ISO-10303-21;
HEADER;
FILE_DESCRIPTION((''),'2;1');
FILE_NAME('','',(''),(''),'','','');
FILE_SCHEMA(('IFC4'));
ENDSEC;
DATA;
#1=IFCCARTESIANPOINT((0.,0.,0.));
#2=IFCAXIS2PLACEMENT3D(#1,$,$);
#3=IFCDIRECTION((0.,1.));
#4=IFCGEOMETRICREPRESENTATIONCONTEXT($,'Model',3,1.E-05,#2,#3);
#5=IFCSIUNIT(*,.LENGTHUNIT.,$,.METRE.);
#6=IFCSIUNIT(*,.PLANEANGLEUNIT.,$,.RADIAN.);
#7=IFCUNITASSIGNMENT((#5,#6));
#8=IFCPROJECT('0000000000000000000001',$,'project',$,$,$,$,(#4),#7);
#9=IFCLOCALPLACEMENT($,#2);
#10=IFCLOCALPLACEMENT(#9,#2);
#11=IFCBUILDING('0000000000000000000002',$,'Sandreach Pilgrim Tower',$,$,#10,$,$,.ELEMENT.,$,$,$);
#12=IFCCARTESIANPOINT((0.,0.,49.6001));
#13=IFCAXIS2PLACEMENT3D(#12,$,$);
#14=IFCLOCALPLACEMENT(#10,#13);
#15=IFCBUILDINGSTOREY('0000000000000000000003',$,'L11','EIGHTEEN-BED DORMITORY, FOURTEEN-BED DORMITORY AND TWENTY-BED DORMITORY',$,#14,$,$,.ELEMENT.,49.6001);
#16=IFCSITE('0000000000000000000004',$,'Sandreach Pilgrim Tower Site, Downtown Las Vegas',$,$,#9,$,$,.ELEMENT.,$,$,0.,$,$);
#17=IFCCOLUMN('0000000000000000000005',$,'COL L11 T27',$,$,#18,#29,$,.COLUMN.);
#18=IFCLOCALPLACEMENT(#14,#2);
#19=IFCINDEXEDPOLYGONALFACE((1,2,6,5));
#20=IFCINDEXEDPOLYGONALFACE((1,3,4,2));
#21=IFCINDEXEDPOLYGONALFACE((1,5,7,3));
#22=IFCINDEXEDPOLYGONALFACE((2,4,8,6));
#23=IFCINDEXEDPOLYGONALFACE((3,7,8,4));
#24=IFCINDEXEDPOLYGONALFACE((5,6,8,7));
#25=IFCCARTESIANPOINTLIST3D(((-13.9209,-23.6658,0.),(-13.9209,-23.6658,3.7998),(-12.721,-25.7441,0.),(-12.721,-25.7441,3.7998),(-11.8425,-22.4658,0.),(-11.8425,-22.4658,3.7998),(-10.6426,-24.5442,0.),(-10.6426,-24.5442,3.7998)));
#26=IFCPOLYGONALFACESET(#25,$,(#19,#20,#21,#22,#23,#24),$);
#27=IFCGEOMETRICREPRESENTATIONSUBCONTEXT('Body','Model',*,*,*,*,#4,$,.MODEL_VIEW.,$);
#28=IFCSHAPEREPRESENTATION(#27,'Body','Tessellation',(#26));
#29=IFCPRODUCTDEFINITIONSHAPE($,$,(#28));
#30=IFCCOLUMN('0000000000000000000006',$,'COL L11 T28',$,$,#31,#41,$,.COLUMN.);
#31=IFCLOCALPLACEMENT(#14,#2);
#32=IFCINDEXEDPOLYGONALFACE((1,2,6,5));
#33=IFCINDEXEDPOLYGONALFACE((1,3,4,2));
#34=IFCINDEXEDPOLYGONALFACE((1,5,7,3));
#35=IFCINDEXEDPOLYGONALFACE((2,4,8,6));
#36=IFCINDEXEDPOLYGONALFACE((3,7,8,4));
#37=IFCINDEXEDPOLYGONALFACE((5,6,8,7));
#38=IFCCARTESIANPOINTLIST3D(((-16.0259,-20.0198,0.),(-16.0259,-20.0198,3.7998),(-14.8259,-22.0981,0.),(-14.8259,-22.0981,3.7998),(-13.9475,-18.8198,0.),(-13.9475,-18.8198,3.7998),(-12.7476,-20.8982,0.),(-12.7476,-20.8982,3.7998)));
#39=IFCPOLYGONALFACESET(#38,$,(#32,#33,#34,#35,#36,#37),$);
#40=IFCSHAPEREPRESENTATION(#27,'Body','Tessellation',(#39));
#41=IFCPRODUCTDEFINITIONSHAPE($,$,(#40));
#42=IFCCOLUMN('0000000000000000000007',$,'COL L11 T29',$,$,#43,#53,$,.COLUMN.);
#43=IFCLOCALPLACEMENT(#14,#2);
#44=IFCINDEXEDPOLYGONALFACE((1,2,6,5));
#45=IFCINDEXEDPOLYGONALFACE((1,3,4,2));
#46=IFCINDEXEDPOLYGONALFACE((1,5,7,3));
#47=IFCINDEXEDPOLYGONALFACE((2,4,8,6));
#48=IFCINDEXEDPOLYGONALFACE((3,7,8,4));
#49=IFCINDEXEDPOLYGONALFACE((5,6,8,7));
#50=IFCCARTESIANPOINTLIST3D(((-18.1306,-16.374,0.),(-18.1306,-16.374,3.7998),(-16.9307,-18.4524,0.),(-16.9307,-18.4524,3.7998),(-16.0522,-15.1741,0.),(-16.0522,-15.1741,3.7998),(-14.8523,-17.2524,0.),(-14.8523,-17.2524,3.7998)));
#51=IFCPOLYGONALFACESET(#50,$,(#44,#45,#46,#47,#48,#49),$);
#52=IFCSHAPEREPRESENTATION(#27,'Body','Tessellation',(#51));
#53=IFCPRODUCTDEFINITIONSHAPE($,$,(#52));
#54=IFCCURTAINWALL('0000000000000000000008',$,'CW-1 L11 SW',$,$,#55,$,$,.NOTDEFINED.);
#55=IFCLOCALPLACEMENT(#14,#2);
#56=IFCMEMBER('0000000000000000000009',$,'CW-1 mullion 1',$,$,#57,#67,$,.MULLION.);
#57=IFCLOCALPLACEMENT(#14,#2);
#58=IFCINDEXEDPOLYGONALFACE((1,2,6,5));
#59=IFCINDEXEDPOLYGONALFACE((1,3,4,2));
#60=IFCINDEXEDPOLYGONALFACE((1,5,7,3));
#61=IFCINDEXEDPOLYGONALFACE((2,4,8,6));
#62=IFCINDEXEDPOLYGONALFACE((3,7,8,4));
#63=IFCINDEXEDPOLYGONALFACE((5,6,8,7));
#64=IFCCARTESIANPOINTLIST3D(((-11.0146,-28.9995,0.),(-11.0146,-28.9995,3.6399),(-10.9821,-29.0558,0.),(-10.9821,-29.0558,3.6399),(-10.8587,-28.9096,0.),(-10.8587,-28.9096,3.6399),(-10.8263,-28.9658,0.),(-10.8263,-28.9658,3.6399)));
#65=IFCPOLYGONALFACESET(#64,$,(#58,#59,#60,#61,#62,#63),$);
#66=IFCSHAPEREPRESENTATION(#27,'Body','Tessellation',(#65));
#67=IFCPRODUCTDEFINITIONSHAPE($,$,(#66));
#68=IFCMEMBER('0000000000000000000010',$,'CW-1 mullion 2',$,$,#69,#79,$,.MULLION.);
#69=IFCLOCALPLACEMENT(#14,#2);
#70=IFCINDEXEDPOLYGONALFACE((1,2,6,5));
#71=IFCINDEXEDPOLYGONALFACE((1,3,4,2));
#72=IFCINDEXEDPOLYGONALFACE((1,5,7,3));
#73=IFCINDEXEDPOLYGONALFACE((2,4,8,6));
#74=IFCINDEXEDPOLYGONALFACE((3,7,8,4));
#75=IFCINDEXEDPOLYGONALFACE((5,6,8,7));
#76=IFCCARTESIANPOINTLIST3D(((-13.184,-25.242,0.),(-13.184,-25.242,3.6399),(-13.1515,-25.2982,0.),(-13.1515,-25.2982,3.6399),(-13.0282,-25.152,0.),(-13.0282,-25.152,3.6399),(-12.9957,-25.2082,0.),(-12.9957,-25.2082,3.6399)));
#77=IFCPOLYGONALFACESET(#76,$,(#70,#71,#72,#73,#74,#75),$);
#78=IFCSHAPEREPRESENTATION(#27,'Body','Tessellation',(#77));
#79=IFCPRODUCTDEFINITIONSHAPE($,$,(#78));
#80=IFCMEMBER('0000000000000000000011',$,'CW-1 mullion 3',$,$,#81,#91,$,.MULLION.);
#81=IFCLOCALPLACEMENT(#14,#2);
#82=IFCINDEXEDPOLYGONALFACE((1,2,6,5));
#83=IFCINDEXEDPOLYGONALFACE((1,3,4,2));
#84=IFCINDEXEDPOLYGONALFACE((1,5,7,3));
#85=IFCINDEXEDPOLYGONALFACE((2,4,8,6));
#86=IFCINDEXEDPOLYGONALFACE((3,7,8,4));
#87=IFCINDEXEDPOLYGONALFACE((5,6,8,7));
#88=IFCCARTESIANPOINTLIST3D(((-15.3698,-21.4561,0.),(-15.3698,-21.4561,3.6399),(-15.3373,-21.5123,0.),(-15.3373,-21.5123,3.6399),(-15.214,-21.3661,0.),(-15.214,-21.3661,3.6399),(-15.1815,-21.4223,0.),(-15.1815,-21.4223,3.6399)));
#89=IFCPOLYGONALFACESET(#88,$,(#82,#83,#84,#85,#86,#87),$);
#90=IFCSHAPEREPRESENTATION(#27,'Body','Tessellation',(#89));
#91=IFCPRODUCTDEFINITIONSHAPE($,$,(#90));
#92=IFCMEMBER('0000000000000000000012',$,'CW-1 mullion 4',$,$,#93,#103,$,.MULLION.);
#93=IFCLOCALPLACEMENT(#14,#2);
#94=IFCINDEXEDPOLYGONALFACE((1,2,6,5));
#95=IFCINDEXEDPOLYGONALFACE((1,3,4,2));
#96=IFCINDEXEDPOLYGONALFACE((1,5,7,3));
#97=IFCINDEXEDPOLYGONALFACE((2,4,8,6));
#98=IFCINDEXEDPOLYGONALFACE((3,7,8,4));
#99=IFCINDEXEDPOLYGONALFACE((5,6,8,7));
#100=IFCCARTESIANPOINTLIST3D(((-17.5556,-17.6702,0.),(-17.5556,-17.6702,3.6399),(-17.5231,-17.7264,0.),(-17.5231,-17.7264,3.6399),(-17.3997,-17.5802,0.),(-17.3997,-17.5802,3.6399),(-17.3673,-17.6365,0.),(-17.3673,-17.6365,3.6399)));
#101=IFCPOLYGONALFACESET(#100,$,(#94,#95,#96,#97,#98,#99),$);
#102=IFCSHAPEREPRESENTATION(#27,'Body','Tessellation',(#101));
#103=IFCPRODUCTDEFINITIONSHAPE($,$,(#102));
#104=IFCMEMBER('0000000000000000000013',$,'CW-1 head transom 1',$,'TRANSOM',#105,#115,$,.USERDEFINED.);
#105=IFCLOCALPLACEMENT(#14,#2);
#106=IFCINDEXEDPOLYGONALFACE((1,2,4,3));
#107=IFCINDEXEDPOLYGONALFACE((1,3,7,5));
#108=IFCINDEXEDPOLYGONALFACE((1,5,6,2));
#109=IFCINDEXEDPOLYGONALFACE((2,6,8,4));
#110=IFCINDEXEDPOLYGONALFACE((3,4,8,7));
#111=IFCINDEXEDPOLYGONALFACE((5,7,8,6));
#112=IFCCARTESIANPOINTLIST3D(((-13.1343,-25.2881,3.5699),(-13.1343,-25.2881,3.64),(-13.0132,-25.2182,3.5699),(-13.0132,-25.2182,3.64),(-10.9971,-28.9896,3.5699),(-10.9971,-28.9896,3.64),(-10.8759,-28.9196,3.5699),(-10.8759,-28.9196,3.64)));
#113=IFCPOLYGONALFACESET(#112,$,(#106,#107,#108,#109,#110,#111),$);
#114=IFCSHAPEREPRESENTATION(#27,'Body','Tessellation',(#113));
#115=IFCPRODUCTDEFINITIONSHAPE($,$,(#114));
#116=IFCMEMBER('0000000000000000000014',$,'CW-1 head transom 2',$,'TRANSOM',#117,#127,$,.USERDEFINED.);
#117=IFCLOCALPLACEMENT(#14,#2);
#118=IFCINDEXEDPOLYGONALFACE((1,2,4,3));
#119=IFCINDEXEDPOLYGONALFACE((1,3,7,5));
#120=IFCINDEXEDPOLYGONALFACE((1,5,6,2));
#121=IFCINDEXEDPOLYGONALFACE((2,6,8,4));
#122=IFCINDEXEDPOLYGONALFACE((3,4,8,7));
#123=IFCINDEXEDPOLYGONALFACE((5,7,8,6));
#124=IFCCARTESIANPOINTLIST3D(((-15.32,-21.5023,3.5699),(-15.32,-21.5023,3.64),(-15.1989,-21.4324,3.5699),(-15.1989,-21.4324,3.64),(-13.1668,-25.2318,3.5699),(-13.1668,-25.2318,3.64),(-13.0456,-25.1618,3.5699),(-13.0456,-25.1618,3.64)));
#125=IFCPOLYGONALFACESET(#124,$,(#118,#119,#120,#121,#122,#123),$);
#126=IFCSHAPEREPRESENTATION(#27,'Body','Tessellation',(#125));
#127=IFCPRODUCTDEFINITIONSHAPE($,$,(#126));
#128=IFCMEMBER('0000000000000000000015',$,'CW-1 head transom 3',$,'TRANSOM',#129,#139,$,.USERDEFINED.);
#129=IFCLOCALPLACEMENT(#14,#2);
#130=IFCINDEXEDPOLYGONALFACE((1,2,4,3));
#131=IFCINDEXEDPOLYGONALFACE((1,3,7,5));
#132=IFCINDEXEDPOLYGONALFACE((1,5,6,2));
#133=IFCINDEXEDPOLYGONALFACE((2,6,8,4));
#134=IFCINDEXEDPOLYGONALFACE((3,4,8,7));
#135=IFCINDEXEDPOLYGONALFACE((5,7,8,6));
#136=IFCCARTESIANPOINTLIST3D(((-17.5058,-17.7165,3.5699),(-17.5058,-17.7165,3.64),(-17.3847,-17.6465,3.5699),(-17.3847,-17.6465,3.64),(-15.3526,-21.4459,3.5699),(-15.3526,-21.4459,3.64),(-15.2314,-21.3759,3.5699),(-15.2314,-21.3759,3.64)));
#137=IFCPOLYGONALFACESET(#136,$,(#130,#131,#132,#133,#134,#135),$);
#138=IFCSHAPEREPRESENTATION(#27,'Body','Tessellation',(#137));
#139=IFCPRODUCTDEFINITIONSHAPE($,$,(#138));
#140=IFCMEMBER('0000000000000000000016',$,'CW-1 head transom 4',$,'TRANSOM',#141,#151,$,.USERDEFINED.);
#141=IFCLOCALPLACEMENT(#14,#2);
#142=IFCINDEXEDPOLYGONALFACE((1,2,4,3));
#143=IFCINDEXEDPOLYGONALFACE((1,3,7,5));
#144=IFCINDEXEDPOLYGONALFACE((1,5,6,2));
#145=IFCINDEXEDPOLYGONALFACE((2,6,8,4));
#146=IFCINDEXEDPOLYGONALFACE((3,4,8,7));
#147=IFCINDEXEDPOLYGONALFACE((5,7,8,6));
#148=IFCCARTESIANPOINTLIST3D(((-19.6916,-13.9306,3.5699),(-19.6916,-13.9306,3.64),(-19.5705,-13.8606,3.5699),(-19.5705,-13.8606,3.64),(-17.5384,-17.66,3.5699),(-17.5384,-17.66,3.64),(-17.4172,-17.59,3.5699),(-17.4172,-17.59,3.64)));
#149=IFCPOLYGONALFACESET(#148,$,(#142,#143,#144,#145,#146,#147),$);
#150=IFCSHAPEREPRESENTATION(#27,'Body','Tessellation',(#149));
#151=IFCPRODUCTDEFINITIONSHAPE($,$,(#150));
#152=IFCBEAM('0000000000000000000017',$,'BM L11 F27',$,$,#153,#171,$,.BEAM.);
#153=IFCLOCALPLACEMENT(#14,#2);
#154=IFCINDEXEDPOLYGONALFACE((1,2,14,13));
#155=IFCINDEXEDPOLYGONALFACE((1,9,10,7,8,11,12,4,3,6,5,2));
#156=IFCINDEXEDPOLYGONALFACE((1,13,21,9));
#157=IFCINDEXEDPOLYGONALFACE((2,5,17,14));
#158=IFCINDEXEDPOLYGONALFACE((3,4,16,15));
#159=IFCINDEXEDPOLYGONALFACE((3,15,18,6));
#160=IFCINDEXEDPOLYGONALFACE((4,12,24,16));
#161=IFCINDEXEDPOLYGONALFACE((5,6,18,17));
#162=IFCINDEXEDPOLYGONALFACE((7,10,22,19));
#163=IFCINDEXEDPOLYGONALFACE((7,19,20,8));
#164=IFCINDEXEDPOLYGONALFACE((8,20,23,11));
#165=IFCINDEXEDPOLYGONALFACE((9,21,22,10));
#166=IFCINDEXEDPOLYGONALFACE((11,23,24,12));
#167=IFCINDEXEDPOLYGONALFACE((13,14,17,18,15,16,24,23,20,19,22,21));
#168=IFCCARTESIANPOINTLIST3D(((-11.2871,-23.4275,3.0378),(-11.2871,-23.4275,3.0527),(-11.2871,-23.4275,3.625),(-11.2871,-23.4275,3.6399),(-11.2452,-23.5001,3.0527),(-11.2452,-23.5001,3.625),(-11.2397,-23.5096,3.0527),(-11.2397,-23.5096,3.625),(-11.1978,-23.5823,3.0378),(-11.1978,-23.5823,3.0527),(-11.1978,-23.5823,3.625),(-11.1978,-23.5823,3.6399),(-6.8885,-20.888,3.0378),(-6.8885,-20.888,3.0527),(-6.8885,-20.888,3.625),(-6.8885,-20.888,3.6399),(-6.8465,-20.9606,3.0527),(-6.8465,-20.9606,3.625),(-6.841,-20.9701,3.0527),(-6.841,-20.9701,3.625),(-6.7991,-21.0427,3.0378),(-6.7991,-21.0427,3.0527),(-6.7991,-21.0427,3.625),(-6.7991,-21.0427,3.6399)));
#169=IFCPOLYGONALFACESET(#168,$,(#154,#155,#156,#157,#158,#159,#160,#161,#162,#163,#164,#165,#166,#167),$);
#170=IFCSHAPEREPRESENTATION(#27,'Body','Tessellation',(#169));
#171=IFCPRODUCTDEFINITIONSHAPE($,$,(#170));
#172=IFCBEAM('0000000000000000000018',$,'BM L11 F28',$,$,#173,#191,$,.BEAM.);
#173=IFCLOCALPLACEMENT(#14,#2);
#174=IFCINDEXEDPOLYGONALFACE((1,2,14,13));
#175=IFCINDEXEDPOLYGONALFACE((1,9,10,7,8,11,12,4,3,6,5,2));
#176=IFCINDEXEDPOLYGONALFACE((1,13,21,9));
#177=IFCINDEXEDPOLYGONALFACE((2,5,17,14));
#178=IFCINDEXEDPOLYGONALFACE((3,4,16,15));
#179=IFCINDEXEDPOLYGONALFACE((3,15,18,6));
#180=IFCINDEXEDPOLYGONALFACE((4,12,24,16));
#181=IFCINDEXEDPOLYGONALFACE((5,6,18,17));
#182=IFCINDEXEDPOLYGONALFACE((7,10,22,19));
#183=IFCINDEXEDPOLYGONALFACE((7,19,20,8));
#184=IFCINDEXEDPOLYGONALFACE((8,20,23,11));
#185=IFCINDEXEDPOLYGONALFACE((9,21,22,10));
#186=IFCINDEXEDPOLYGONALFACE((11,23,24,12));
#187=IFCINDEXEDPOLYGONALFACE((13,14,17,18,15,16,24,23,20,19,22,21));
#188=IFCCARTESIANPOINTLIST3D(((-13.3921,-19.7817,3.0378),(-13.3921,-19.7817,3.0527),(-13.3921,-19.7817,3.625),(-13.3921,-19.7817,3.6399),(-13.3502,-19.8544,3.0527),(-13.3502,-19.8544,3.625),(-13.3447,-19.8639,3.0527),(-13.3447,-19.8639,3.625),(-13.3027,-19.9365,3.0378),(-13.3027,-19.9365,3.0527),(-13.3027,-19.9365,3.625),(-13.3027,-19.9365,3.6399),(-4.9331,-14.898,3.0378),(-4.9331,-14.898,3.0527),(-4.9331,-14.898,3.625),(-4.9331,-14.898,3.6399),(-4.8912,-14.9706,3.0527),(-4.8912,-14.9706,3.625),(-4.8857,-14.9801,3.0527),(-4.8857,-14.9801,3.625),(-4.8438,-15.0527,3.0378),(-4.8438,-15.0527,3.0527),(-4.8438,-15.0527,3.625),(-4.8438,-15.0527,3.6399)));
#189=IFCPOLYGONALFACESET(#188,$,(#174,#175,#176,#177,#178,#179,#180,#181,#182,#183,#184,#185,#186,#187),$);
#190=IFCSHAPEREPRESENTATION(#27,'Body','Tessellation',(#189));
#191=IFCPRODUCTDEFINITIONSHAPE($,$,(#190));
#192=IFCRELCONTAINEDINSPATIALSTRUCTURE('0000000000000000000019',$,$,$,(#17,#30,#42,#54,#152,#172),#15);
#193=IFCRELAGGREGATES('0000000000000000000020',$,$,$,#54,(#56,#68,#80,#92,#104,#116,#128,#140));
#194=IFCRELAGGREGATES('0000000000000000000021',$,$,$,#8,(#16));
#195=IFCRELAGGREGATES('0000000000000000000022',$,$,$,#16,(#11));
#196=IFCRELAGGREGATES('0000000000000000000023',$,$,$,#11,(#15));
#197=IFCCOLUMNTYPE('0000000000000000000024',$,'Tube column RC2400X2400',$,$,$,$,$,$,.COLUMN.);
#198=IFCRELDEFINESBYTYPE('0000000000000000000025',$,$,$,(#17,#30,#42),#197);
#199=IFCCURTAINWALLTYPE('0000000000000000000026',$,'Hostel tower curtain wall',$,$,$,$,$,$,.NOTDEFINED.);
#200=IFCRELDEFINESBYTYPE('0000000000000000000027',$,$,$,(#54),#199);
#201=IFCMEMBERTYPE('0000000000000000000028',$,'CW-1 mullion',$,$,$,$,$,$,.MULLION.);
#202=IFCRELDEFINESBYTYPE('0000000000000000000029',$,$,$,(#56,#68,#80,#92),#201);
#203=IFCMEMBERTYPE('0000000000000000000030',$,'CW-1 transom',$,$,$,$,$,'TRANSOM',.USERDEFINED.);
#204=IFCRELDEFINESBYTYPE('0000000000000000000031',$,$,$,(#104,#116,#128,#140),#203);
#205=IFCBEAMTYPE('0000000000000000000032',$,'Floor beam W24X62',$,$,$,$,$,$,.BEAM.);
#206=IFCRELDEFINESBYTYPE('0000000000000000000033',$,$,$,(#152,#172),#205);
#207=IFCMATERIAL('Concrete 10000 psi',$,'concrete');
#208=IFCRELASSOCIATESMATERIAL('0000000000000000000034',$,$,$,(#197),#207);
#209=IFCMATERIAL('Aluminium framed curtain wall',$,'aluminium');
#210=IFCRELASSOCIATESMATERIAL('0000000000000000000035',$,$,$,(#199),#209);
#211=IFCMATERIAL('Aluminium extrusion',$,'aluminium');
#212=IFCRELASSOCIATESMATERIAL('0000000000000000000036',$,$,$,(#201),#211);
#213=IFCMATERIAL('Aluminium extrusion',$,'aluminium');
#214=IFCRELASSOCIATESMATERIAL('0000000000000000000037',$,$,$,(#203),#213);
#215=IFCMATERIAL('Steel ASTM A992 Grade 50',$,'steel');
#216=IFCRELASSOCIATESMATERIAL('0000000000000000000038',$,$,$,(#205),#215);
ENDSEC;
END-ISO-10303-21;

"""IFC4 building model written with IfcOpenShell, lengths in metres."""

from ifc_helpers import new_model, si_unit, direction, frame, origin, origin_2d, place, context, subcontext, project, spatial, rectangle, i_section, extrude, material, material_profile, profile_set, type_object, element, aggregate, save


model = new_model("IFC4")

# Units and contexts
model_context = context("Model", 3, precision=1e-05, world=origin(), true_north=direction((0.0, 1.0)))
body_context = subcontext(model_context, "Body", "Model", "MODEL_VIEW")
ifc_project = project(units=[si_unit("LENGTHUNIT", "METRE"), si_unit("PLANEANGLEUNIT", "RADIAN")], contexts=[model_context])

# Site, building, storey
site_placement = place(None, origin())
site = spatial("IfcSite", under=ifc_project, at=site_placement, Name="Sandreach Pilgrim Tower Site, Downtown Las Vegas", CompositionType="ELEMENT", RefElevation=0.0)
building_placement = place(site_placement, origin())
building = spatial("IfcBuilding", under=site, at=building_placement, Name="Sandreach Pilgrim Tower", CompositionType="ELEMENT")
storey_placement = place(building_placement, frame((0.0, 0.0, 49.6001)))
storey = spatial("IfcBuildingStorey", under=building, at=storey_placement, Name="L11", Description="EIGHTEEN-BED DORMITORY, FOURTEEN-BED DORMITORY AND TWENTY-BED DORMITORY", CompositionType="ELEMENT", Elevation=49.6001)

# Columns
ifc_material_1 = material(Name="Concrete 10000 psi", Category="concrete")
ifc_material_profile_1 = material_profile(ifc_material_1, rectangle(XDim=2.3999, YDim=2.3999, at=origin_2d()), Name="RC2400X2400")
ifc_profile_set_1 = profile_set([ifc_material_profile_1], Name="Concrete 10000 psi")
column_type = type_object("IfcColumnType", Name="Tube column RC2400X2400", PredefinedType="COLUMN", material=ifc_profile_set_1)
for number, where, z_axis, x_axis, name in (
    (1, (-12.2817, -24.105, 0.0), (0.0, 0.0, 1.0), (-0.866025, -0.5, 0.0), "COL L11 T27"),
    (2, (-14.3867, -20.459, 0.0), (0.0, 0.0, 1.0), (-0.866025, -0.5, 0.0), "COL L11 T28"),
    (3, (-16.4915, -16.8132, 0.0), (0.0, 0.0, 1.0), (-0.866025, -0.5, 0.0), "COL L11 T29"),
):
    element("IfcColumn", number, at=place(storey_placement, frame(where, z_axis=z_axis, x_axis=x_axis)), inside=storey, type_object=column_type, Name=name, PredefinedType="COLUMN", context=body_context, shape_type="SweptSolid", body=[
        extrude(rectangle(XDim=2.3999, YDim=2.3999, at=origin_2d()), origin(), (0.0, 0.0, 1.0), 3.7998),
    ])

# Curtain wall, members
ifc_material_2 = material(Name="Aluminium framed curtain wall", Category="aluminium")
curtain_wall_type = type_object("IfcCurtainWallType", Name="Hostel tower curtain wall", PredefinedType="NOTDEFINED", material=ifc_material_2)
curtain_wall_placement = place(storey_placement, origin())
curtain_wall = element("IfcCurtainWall", 4, at=curtain_wall_placement, inside=storey, type_object=curtain_wall_type, Name="CW-1 L11 SW", PredefinedType="NOTDEFINED")
ifc_material_3 = material(Name="Aluminium extrusion", Category="aluminium")
ifc_material_profile_2 = material_profile(ifc_material_3, rectangle(XDim=0.0649, YDim=0.1799, at=origin_2d()), Name="CW-1M 65X180")
ifc_profile_set_2 = profile_set([ifc_material_profile_2], Name="Aluminium extrusion")
member_type_1 = type_object("IfcMemberType", Name="CW-1 mullion", PredefinedType="MULLION", material=ifc_profile_set_2)
member_1_placement = place(storey_placement, frame((-10.9204, -28.9827, 0.0), z_axis=(0.0, 0.0, 1.0), x_axis=(-0.5, 0.866025, 0.0)))
member_1 = element("IfcMember", 5, at=member_1_placement, type_object=member_type_1, Name="CW-1 mullion 1", PredefinedType="MULLION", context=body_context, shape_type="SweptSolid", body=[
    extrude(rectangle(XDim=0.0649, YDim=0.1799, at=origin_2d()), origin(), (0.0, 0.0, 1.0), 3.6399),
])
member_2_placement = place(storey_placement, frame((-13.0898, -25.2251, 0.0), z_axis=(0.0, 0.0, 1.0), x_axis=(-0.5, 0.866025, 0.0)))
member_2 = element("IfcMember", 6, at=member_2_placement, type_object=member_type_1, Name="CW-1 mullion 2", PredefinedType="MULLION", context=body_context, shape_type="SweptSolid", body=[
    extrude(rectangle(XDim=0.0649, YDim=0.1799, at=origin_2d()), origin(), (0.0, 0.0, 1.0), 3.6399),
])
member_3_placement = place(storey_placement, frame((-15.2756, -21.4392, 0.0), z_axis=(0.0, 0.0, 1.0), x_axis=(-0.5, 0.866025, 0.0)))
member_3 = element("IfcMember", 7, at=member_3_placement, type_object=member_type_1, Name="CW-1 mullion 3", PredefinedType="MULLION", context=body_context, shape_type="SweptSolid", body=[
    extrude(rectangle(XDim=0.0649, YDim=0.1799, at=origin_2d()), origin(), (0.0, 0.0, 1.0), 3.6399),
])
member_4_placement = place(storey_placement, frame((-17.4614, -17.6533, 0.0), z_axis=(0.0, 0.0, 1.0), x_axis=(-0.5, 0.866025, 0.0)))
member_4 = element("IfcMember", 8, at=member_4_placement, type_object=member_type_1, Name="CW-1 mullion 4", PredefinedType="MULLION", context=body_context, shape_type="SweptSolid", body=[
    extrude(rectangle(XDim=0.0649, YDim=0.1799, at=origin_2d()), origin(), (0.0, 0.0, 1.0), 3.6399),
])
ifc_material_4 = material(Name="Aluminium extrusion", Category="aluminium")
ifc_material_profile_3 = material_profile(ifc_material_4, rectangle(XDim=0.1399, YDim=0.0701, at=origin_2d()), Name="CW-1T 140X70")
ifc_profile_set_3 = profile_set([ifc_material_profile_3], Name="Aluminium extrusion")
member_type_2 = type_object("IfcMemberType", Name="CW-1 transom", ElementType="TRANSOM", PredefinedType="USERDEFINED", material=ifc_profile_set_3)
member_5_placement = place(storey_placement, frame((-10.9365, -28.9546, 3.605), z_axis=(-0.500034, 0.866006, 0.0), x_axis=(-0.866006, -0.500034, 0.0)))
member_5 = element("IfcMember", 9, at=member_5_placement, type_object=member_type_2, Name="CW-1 head transom 1", ObjectType="TRANSOM", PredefinedType="USERDEFINED", context=body_context, shape_type="SweptSolid", body=[
    extrude(rectangle(XDim=0.1399, YDim=0.0701, at=origin_2d()), origin(), (0.0, 0.0, 1.0), 4.2742),
])
member_6_placement = place(storey_placement, frame((-13.1062, -25.1968, 3.605), z_axis=(-0.500017, 0.866016, 0.0), x_axis=(-0.866016, -0.500017, 0.0)))
member_6 = element("IfcMember", 10, at=member_6_placement, type_object=member_type_2, Name="CW-1 head transom 2", ObjectType="TRANSOM", PredefinedType="USERDEFINED", context=body_context, shape_type="SweptSolid", body=[
    extrude(rectangle(XDim=0.1399, YDim=0.0701, at=origin_2d()), origin(), (0.0, 0.0, 1.0), 4.3064),
])
member_7_placement = place(storey_placement, frame((-15.292, -21.4109, 3.605), z_axis=(-0.500017, 0.866016, 0.0), x_axis=(-0.866016, -0.500017, 0.0)))
member_7 = element("IfcMember", 11, at=member_7_placement, type_object=member_type_2, Name="CW-1 head transom 3", ObjectType="TRANSOM", PredefinedType="USERDEFINED", context=body_context, shape_type="SweptSolid", body=[
    extrude(rectangle(XDim=0.1399, YDim=0.0701, at=origin_2d()), origin(), (0.0, 0.0, 1.0), 4.3064),
])
member_8_placement = place(storey_placement, frame((-17.4778, -17.625, 3.605), z_axis=(-0.500017, 0.866016, 0.0), x_axis=(-0.866016, -0.500017, 0.0)))
member_8 = element("IfcMember", 12, at=member_8_placement, type_object=member_type_2, Name="CW-1 head transom 4", ObjectType="TRANSOM", PredefinedType="USERDEFINED", context=body_context, shape_type="SweptSolid", body=[
    extrude(rectangle(XDim=0.1399, YDim=0.0701, at=origin_2d()), origin(), (0.0, 0.0, 1.0), 4.3064),
])

# Beams
ifc_material_5 = material(Name="Steel ASTM A992 Grade 50", Category="steel")
ifc_material_profile_4 = material_profile(ifc_material_5, i_section(OverallWidth=0.1787, OverallDepth=0.6021, WebThickness=0.011, FlangeThickness=0.0149, at=origin_2d()), Name="W24X62")
ifc_profile_set_4 = profile_set([ifc_material_profile_4], Name="Steel ASTM A992 Grade 50")
beam_type_1 = type_object("IfcBeamType", Name="Floor beam W24X62", PredefinedType="BEAM", material=ifc_profile_set_4)
beam_1_placement = place(storey_placement, frame((-11.2424, -23.5049, 3.3389), z_axis=(0.866028, 0.499996, 0.0), x_axis=(-0.499996, 0.866028, 0.0)))
element("IfcBeam", 13, at=beam_1_placement, inside=storey, type_object=beam_type_1, Name="BM L11 F27", PredefinedType="BEAM", context=body_context, shape_type="SweptSolid", body=[
    extrude(i_section(OverallWidth=0.1787, OverallDepth=0.6021, WebThickness=0.011, FlangeThickness=0.0149, at=origin_2d()), origin(), (0.0, 0.0, 1.0), 5.0791),
])
beam_2_placement = place(storey_placement, frame((-13.3474, -19.8591, 3.3389), z_axis=(0.866026, 0.499999, 0.0), x_axis=(-0.499999, 0.866026, 0.0)))
element("IfcBeam", 14, at=beam_2_placement, inside=storey, type_object=beam_type_1, Name="BM L11 F28", PredefinedType="BEAM", context=body_context, shape_type="SweptSolid", body=[
    extrude(i_section(OverallWidth=0.1787, OverallDepth=0.6021, WebThickness=0.011, FlangeThickness=0.0149, at=origin_2d()), origin(), (0.0, 0.0, 1.0), 9.7676),
])

aggregate(curtain_wall, [member_1, member_2, member_3, member_4, member_5, member_6, member_7, member_8])

save(model, "model.ifc")
